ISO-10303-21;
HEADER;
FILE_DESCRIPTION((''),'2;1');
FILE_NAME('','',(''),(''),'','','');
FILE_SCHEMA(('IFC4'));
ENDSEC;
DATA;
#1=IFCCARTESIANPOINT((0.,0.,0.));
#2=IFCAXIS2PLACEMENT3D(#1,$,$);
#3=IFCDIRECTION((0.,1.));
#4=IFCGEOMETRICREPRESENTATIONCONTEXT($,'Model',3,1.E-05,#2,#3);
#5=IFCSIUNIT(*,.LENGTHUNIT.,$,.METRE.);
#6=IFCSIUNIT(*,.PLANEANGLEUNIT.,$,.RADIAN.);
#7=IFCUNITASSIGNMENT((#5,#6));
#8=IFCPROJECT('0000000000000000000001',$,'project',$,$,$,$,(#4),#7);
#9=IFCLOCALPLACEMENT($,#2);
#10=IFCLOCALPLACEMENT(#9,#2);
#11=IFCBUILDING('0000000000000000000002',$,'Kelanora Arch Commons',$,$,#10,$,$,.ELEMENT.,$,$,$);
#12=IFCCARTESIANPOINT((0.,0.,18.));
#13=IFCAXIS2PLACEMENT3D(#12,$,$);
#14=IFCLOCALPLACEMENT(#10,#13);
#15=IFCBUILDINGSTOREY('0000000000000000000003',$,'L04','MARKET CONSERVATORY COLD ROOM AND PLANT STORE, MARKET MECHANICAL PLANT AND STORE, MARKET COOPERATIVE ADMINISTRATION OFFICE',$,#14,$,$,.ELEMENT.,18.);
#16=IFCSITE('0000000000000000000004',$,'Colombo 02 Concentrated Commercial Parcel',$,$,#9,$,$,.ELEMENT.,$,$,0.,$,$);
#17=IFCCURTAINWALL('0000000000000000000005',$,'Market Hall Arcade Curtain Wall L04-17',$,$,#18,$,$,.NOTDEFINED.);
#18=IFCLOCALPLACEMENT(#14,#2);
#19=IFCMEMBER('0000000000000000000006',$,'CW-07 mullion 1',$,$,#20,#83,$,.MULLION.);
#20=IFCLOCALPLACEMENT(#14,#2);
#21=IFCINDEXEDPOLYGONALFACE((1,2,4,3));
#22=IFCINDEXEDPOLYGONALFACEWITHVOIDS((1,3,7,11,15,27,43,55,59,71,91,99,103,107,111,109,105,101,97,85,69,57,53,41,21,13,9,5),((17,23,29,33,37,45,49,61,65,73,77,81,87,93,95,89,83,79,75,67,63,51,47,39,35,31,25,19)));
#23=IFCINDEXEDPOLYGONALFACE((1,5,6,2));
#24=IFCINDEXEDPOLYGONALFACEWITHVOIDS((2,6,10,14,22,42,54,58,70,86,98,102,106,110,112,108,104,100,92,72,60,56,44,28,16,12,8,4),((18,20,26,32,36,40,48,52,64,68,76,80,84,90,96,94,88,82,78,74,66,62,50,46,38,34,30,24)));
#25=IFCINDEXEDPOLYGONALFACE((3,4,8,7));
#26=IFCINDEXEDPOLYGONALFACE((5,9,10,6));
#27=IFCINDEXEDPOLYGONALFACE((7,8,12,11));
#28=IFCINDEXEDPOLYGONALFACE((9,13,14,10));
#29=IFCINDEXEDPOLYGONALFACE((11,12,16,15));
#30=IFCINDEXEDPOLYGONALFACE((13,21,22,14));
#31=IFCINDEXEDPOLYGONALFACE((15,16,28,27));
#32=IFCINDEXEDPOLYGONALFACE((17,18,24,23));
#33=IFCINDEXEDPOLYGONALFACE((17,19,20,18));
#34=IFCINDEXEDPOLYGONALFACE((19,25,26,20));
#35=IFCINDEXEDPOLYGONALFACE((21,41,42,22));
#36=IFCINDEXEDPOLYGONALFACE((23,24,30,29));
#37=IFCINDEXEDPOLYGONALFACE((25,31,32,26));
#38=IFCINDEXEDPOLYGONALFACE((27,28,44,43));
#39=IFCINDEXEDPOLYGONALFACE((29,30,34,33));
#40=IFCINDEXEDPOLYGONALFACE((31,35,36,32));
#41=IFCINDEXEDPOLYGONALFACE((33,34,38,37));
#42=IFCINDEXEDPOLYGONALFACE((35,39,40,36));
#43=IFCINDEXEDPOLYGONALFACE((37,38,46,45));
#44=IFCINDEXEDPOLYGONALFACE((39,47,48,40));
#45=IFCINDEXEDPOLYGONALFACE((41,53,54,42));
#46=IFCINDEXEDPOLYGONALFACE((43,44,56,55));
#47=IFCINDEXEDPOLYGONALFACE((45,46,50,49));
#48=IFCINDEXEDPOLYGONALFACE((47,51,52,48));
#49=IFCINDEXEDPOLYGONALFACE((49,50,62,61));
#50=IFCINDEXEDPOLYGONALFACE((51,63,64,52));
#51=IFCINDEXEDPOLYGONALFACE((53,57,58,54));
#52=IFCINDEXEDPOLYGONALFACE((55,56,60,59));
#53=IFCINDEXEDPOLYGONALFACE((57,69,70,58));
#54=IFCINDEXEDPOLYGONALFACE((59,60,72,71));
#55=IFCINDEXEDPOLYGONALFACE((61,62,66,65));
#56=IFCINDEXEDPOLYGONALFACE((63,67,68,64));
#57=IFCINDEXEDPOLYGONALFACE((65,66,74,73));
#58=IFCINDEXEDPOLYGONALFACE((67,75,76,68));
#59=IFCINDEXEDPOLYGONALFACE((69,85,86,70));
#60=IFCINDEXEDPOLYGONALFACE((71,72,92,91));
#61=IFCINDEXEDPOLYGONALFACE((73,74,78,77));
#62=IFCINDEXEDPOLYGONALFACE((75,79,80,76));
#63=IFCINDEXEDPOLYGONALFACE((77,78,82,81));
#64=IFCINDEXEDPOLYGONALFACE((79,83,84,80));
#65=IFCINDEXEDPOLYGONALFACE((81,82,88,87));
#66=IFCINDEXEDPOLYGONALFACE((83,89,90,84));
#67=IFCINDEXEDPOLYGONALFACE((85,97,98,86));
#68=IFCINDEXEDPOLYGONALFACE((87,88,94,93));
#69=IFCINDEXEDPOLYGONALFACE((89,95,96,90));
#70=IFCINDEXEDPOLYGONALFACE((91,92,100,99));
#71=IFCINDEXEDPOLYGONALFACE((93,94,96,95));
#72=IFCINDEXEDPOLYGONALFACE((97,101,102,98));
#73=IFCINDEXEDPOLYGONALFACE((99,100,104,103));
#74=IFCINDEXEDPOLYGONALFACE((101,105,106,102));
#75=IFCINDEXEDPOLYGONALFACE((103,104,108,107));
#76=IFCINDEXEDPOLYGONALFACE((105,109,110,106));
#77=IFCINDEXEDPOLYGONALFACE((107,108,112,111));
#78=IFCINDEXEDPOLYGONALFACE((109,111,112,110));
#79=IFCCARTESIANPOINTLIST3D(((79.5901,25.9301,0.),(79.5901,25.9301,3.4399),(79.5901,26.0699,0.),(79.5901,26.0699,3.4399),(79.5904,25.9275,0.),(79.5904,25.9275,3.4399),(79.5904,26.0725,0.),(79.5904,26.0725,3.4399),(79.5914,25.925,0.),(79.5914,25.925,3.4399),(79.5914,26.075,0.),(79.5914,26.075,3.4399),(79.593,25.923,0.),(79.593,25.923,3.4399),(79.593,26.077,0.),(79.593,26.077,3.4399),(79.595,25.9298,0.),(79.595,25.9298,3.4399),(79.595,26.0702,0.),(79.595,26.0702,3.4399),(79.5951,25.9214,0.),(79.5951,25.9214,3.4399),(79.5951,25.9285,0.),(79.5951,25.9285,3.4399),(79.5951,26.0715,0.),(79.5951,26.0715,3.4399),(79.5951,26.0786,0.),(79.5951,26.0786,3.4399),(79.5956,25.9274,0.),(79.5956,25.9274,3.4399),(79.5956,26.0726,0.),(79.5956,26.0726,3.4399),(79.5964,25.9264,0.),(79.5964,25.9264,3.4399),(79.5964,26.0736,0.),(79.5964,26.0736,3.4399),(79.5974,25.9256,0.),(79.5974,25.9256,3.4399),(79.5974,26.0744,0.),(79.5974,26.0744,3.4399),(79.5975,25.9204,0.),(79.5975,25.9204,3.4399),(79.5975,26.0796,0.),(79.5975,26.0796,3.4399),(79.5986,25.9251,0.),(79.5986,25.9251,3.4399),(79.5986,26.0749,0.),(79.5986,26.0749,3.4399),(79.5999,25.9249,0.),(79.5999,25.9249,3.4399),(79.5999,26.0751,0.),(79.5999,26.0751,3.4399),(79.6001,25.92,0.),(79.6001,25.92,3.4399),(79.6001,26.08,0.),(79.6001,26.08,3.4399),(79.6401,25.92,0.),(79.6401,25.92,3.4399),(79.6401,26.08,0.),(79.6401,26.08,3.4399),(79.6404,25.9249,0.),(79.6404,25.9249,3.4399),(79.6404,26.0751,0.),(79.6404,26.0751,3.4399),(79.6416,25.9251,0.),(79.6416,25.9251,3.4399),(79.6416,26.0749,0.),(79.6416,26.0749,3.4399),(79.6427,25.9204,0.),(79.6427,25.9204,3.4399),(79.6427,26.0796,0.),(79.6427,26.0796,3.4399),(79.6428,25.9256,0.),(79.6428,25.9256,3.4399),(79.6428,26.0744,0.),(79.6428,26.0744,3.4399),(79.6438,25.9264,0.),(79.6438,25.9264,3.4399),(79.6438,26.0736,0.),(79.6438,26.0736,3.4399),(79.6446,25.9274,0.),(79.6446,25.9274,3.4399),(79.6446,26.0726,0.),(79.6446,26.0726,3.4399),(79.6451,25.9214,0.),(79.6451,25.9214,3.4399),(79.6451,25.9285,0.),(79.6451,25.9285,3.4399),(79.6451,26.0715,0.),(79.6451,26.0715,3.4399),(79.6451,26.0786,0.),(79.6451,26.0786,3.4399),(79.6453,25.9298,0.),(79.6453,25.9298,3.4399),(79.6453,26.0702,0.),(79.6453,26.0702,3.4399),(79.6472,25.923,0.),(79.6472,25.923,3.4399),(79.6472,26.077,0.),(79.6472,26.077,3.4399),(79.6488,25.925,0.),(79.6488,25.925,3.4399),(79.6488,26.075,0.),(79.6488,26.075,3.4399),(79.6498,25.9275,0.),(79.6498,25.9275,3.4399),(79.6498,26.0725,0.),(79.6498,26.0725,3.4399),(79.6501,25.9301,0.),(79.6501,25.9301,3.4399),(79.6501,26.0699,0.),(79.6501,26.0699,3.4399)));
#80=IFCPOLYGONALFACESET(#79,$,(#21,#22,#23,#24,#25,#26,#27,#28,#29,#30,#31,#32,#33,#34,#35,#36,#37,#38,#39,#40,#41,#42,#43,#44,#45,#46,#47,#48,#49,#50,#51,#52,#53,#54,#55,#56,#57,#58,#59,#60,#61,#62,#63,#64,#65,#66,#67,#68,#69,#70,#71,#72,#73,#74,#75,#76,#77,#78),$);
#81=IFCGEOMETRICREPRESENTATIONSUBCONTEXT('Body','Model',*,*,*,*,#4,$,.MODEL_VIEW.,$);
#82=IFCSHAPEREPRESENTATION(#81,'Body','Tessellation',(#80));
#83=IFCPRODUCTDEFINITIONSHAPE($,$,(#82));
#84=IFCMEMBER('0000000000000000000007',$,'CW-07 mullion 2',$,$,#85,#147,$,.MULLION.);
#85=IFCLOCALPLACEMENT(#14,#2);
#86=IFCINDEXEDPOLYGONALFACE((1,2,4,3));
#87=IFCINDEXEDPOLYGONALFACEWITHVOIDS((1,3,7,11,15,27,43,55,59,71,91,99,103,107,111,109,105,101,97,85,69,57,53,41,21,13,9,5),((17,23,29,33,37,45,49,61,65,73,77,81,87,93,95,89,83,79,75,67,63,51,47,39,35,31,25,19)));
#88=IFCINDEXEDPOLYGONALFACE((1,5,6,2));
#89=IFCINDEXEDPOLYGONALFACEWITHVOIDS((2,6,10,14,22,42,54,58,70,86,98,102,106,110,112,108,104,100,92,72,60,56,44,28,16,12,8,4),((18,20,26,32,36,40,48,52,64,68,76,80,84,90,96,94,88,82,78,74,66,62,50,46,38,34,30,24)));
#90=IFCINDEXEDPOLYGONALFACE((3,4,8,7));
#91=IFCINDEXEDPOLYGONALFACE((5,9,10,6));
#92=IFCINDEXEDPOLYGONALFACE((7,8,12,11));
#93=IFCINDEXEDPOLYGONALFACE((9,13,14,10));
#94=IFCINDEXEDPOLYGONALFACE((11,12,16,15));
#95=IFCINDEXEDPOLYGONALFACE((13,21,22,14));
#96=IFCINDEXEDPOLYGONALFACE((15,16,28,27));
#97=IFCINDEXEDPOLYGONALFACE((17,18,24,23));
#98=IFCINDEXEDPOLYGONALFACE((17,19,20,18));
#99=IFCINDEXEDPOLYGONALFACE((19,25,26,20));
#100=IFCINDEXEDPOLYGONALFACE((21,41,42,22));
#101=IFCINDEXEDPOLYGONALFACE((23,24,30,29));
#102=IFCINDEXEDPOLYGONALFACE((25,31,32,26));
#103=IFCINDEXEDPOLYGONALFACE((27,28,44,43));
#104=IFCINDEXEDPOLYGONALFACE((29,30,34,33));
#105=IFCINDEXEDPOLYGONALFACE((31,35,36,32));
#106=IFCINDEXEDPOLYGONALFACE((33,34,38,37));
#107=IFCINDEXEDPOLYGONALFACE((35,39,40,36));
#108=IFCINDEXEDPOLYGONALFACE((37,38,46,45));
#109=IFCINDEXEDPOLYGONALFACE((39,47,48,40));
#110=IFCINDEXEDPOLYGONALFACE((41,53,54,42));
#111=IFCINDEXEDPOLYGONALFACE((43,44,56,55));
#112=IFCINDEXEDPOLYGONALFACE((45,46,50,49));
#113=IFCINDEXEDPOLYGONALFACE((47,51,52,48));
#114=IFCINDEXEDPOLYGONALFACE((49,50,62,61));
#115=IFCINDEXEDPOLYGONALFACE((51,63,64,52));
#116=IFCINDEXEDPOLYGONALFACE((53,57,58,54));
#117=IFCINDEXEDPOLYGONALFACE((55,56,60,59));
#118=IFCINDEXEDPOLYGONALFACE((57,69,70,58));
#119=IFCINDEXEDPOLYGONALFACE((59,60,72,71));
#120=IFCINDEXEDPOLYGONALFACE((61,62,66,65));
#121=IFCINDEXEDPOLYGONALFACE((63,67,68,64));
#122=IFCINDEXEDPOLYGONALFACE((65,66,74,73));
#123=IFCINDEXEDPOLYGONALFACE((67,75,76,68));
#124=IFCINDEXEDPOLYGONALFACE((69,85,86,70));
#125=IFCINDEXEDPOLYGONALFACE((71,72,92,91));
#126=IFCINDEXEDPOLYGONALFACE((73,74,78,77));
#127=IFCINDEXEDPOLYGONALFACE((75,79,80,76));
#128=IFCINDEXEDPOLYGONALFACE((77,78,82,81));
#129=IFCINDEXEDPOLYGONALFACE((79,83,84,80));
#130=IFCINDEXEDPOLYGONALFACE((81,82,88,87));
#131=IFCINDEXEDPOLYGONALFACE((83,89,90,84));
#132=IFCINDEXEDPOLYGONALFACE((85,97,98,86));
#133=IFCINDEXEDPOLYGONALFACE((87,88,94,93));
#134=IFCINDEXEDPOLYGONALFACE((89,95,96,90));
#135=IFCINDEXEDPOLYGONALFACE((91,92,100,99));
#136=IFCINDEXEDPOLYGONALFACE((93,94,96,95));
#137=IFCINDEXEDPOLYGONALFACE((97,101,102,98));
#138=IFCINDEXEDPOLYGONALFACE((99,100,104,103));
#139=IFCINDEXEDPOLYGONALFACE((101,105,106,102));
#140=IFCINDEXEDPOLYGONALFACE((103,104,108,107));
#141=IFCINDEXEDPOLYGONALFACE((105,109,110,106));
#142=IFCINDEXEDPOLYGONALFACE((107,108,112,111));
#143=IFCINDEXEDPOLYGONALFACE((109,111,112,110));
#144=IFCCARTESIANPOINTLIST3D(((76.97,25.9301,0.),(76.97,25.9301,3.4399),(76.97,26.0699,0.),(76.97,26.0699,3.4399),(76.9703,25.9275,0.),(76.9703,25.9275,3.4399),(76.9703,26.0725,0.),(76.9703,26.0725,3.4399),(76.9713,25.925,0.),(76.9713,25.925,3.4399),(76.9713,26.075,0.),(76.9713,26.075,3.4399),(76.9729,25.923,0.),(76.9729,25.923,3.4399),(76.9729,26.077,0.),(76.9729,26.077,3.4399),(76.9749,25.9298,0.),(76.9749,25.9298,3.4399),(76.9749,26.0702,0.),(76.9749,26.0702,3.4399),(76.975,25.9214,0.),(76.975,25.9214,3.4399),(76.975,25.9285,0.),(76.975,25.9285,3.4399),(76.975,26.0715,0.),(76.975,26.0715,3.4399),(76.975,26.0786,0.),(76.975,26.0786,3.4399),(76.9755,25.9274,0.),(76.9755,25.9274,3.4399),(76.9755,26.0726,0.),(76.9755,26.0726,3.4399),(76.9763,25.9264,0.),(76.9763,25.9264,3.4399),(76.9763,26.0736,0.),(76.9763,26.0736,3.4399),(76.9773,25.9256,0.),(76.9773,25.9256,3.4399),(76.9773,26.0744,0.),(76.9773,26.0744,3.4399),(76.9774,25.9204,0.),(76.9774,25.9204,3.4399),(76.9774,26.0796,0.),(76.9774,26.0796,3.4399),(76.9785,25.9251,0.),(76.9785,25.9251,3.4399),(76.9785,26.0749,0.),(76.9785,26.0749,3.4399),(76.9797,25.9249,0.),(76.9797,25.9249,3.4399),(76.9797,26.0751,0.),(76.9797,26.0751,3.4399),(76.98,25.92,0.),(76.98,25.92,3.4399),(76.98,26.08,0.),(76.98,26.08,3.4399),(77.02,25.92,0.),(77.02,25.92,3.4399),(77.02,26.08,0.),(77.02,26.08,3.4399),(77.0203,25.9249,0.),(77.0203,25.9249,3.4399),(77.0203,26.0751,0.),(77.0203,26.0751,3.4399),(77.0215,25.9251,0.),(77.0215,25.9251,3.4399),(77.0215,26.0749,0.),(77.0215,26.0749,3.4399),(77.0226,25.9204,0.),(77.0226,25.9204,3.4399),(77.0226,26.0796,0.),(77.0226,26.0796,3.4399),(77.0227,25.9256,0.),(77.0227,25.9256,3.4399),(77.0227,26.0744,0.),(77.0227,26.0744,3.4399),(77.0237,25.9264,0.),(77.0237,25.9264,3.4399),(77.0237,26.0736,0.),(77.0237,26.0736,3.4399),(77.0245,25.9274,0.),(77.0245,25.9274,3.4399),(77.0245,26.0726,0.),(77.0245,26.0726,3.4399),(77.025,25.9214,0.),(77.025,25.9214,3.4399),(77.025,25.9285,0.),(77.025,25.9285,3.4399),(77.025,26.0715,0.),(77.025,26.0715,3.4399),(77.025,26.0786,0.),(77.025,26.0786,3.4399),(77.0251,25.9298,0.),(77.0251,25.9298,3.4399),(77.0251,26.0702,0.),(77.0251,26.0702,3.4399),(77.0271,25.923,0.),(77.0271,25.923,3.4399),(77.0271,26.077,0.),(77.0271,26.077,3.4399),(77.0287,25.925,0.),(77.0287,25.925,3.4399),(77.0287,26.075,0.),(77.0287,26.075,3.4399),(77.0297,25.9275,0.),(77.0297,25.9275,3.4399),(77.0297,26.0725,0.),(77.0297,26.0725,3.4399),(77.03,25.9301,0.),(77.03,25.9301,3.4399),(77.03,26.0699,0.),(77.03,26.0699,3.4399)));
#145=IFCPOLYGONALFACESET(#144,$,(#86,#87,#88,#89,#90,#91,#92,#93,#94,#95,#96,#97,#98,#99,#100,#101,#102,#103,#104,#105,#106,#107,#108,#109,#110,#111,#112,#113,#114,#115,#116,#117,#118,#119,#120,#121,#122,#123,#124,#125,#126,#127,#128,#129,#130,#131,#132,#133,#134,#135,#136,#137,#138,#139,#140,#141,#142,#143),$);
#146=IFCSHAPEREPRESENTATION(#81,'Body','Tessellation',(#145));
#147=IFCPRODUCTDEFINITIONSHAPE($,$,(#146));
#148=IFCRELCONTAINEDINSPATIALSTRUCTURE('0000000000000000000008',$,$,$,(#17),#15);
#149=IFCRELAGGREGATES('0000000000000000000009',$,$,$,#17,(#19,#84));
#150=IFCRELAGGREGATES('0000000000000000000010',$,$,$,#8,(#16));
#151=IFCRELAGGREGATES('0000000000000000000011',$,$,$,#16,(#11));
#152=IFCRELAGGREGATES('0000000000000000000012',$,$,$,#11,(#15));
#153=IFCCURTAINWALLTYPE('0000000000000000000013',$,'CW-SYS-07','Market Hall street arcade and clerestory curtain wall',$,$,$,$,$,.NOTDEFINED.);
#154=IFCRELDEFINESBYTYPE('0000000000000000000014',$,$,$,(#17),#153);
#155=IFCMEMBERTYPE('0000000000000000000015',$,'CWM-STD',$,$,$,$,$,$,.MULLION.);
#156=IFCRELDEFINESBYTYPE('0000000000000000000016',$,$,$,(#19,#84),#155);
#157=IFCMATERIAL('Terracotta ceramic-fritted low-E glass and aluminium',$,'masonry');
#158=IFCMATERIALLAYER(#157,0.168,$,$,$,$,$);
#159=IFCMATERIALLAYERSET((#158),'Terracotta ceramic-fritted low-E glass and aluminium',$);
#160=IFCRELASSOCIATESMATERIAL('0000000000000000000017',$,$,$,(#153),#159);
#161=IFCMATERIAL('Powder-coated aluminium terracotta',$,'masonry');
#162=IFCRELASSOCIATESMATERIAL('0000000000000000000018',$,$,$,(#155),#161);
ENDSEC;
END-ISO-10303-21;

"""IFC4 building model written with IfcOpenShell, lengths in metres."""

from ifc_helpers import new_model, si_unit, direction, frame, origin, origin_2d, place, context, subcontext, project, spatial, hollow_rectangle, extrude, material, layer, layer_set, material_profile, profile_set, type_object, element, aggregate, save


model = new_model("IFC4")

# Units and contexts
model_context = context("Model", 3, precision=1e-05, world=origin(), true_north=direction((0.0, 1.0)))
body_context = subcontext(model_context, "Body", "Model", "MODEL_VIEW")
ifc_project = project(units=[si_unit("LENGTHUNIT", "METRE"), si_unit("PLANEANGLEUNIT", "RADIAN")], contexts=[model_context])

# Site, building, storey
site_placement = place(None, origin())
site = spatial("IfcSite", under=ifc_project, at=site_placement, Name="Colombo 02 Concentrated Commercial Parcel", CompositionType="ELEMENT", RefElevation=0.0)
building_placement = place(site_placement, origin())
building = spatial("IfcBuilding", under=site, at=building_placement, Name="Kelanora Arch Commons", CompositionType="ELEMENT")
storey_placement = place(building_placement, frame((0.0, 0.0, 18.0)))
storey = spatial("IfcBuildingStorey", under=building, at=storey_placement, Name="L04", Description="MARKET CONSERVATORY COLD ROOM AND PLANT STORE, MARKET MECHANICAL PLANT AND STORE, MARKET COOPERATIVE ADMINISTRATION OFFICE", CompositionType="ELEMENT", Elevation=18.0)

# Shared definitions
ifc_material_1 = material(Name="Terracotta ceramic-fritted low-E glass and aluminium", Category="masonry")
ifc_material_2 = material(Name="Powder-coated aluminium terracotta", Category="masonry")

# Curtain wall, members
ifc_layer_1 = layer(ifc_material_1, 0.168)
ifc_layer_set_1 = layer_set([ifc_layer_1], Name="Terracotta ceramic-fritted low-E glass and aluminium")
curtain_wall_type_1 = type_object("IfcCurtainWallType", Name="CW-SYS-07", Description="Market Hall street arcade and clerestory curtain wall", PredefinedType="NOTDEFINED", material=ifc_layer_set_1)
curtain_wall_1_placement = place(storey_placement, origin())
curtain_wall_1 = element("IfcCurtainWall", 1, at=curtain_wall_1_placement, inside=storey, type_object=curtain_wall_type_1, Name="Market Hall Arcade Curtain Wall L04-17", PredefinedType="NOTDEFINED")
ifc_material_profile_1 = material_profile(ifc_material_2, hollow_rectangle(XDim=0.1599, YDim=0.0601, WallThickness=0.0049, InnerFilletRadius=0.0049, OuterFilletRadius=0.01, at=origin_2d()), Name="CWM160x60")
ifc_profile_set_1 = profile_set([ifc_material_profile_1], Name="Powder-coated aluminium terracotta")
member_type_1 = type_object("IfcMemberType", Name="CWM-STD", PredefinedType="MULLION", material=ifc_profile_set_1)
member_1_placement = place(storey_placement, frame((79.6201, 26.0, 0.0), z_axis=(0.0, 0.0, 1.0), x_axis=(0.0, -1.0, 0.0)))
member_1 = element("IfcMember", 2, at=member_1_placement, type_object=member_type_1, Name="CW-07 mullion 1", PredefinedType="MULLION", context=body_context, shape_type="SweptSolid", body=[
    extrude(hollow_rectangle(XDim=0.1599, YDim=0.0601, WallThickness=0.0049, InnerFilletRadius=0.0049, OuterFilletRadius=0.01, at=origin_2d()), origin(), (0.0, 0.0, 1.0), 3.4399),
])
member_2_placement = place(storey_placement, frame((77.0, 26.0, 0.0), z_axis=(0.0, 0.0, 1.0), x_axis=(0.0, -1.0, 0.0)))
member_2 = element("IfcMember", 3, at=member_2_placement, type_object=member_type_1, Name="CW-07 mullion 2", PredefinedType="MULLION", context=body_context, shape_type="SweptSolid", body=[
    extrude(hollow_rectangle(XDim=0.1599, YDim=0.0601, WallThickness=0.0049, InnerFilletRadius=0.0049, OuterFilletRadius=0.01, at=origin_2d()), origin(), (0.0, 0.0, 1.0), 3.4399),
])

aggregate(curtain_wall_1, [member_1, member_2])

save(model, "model.ifc")
